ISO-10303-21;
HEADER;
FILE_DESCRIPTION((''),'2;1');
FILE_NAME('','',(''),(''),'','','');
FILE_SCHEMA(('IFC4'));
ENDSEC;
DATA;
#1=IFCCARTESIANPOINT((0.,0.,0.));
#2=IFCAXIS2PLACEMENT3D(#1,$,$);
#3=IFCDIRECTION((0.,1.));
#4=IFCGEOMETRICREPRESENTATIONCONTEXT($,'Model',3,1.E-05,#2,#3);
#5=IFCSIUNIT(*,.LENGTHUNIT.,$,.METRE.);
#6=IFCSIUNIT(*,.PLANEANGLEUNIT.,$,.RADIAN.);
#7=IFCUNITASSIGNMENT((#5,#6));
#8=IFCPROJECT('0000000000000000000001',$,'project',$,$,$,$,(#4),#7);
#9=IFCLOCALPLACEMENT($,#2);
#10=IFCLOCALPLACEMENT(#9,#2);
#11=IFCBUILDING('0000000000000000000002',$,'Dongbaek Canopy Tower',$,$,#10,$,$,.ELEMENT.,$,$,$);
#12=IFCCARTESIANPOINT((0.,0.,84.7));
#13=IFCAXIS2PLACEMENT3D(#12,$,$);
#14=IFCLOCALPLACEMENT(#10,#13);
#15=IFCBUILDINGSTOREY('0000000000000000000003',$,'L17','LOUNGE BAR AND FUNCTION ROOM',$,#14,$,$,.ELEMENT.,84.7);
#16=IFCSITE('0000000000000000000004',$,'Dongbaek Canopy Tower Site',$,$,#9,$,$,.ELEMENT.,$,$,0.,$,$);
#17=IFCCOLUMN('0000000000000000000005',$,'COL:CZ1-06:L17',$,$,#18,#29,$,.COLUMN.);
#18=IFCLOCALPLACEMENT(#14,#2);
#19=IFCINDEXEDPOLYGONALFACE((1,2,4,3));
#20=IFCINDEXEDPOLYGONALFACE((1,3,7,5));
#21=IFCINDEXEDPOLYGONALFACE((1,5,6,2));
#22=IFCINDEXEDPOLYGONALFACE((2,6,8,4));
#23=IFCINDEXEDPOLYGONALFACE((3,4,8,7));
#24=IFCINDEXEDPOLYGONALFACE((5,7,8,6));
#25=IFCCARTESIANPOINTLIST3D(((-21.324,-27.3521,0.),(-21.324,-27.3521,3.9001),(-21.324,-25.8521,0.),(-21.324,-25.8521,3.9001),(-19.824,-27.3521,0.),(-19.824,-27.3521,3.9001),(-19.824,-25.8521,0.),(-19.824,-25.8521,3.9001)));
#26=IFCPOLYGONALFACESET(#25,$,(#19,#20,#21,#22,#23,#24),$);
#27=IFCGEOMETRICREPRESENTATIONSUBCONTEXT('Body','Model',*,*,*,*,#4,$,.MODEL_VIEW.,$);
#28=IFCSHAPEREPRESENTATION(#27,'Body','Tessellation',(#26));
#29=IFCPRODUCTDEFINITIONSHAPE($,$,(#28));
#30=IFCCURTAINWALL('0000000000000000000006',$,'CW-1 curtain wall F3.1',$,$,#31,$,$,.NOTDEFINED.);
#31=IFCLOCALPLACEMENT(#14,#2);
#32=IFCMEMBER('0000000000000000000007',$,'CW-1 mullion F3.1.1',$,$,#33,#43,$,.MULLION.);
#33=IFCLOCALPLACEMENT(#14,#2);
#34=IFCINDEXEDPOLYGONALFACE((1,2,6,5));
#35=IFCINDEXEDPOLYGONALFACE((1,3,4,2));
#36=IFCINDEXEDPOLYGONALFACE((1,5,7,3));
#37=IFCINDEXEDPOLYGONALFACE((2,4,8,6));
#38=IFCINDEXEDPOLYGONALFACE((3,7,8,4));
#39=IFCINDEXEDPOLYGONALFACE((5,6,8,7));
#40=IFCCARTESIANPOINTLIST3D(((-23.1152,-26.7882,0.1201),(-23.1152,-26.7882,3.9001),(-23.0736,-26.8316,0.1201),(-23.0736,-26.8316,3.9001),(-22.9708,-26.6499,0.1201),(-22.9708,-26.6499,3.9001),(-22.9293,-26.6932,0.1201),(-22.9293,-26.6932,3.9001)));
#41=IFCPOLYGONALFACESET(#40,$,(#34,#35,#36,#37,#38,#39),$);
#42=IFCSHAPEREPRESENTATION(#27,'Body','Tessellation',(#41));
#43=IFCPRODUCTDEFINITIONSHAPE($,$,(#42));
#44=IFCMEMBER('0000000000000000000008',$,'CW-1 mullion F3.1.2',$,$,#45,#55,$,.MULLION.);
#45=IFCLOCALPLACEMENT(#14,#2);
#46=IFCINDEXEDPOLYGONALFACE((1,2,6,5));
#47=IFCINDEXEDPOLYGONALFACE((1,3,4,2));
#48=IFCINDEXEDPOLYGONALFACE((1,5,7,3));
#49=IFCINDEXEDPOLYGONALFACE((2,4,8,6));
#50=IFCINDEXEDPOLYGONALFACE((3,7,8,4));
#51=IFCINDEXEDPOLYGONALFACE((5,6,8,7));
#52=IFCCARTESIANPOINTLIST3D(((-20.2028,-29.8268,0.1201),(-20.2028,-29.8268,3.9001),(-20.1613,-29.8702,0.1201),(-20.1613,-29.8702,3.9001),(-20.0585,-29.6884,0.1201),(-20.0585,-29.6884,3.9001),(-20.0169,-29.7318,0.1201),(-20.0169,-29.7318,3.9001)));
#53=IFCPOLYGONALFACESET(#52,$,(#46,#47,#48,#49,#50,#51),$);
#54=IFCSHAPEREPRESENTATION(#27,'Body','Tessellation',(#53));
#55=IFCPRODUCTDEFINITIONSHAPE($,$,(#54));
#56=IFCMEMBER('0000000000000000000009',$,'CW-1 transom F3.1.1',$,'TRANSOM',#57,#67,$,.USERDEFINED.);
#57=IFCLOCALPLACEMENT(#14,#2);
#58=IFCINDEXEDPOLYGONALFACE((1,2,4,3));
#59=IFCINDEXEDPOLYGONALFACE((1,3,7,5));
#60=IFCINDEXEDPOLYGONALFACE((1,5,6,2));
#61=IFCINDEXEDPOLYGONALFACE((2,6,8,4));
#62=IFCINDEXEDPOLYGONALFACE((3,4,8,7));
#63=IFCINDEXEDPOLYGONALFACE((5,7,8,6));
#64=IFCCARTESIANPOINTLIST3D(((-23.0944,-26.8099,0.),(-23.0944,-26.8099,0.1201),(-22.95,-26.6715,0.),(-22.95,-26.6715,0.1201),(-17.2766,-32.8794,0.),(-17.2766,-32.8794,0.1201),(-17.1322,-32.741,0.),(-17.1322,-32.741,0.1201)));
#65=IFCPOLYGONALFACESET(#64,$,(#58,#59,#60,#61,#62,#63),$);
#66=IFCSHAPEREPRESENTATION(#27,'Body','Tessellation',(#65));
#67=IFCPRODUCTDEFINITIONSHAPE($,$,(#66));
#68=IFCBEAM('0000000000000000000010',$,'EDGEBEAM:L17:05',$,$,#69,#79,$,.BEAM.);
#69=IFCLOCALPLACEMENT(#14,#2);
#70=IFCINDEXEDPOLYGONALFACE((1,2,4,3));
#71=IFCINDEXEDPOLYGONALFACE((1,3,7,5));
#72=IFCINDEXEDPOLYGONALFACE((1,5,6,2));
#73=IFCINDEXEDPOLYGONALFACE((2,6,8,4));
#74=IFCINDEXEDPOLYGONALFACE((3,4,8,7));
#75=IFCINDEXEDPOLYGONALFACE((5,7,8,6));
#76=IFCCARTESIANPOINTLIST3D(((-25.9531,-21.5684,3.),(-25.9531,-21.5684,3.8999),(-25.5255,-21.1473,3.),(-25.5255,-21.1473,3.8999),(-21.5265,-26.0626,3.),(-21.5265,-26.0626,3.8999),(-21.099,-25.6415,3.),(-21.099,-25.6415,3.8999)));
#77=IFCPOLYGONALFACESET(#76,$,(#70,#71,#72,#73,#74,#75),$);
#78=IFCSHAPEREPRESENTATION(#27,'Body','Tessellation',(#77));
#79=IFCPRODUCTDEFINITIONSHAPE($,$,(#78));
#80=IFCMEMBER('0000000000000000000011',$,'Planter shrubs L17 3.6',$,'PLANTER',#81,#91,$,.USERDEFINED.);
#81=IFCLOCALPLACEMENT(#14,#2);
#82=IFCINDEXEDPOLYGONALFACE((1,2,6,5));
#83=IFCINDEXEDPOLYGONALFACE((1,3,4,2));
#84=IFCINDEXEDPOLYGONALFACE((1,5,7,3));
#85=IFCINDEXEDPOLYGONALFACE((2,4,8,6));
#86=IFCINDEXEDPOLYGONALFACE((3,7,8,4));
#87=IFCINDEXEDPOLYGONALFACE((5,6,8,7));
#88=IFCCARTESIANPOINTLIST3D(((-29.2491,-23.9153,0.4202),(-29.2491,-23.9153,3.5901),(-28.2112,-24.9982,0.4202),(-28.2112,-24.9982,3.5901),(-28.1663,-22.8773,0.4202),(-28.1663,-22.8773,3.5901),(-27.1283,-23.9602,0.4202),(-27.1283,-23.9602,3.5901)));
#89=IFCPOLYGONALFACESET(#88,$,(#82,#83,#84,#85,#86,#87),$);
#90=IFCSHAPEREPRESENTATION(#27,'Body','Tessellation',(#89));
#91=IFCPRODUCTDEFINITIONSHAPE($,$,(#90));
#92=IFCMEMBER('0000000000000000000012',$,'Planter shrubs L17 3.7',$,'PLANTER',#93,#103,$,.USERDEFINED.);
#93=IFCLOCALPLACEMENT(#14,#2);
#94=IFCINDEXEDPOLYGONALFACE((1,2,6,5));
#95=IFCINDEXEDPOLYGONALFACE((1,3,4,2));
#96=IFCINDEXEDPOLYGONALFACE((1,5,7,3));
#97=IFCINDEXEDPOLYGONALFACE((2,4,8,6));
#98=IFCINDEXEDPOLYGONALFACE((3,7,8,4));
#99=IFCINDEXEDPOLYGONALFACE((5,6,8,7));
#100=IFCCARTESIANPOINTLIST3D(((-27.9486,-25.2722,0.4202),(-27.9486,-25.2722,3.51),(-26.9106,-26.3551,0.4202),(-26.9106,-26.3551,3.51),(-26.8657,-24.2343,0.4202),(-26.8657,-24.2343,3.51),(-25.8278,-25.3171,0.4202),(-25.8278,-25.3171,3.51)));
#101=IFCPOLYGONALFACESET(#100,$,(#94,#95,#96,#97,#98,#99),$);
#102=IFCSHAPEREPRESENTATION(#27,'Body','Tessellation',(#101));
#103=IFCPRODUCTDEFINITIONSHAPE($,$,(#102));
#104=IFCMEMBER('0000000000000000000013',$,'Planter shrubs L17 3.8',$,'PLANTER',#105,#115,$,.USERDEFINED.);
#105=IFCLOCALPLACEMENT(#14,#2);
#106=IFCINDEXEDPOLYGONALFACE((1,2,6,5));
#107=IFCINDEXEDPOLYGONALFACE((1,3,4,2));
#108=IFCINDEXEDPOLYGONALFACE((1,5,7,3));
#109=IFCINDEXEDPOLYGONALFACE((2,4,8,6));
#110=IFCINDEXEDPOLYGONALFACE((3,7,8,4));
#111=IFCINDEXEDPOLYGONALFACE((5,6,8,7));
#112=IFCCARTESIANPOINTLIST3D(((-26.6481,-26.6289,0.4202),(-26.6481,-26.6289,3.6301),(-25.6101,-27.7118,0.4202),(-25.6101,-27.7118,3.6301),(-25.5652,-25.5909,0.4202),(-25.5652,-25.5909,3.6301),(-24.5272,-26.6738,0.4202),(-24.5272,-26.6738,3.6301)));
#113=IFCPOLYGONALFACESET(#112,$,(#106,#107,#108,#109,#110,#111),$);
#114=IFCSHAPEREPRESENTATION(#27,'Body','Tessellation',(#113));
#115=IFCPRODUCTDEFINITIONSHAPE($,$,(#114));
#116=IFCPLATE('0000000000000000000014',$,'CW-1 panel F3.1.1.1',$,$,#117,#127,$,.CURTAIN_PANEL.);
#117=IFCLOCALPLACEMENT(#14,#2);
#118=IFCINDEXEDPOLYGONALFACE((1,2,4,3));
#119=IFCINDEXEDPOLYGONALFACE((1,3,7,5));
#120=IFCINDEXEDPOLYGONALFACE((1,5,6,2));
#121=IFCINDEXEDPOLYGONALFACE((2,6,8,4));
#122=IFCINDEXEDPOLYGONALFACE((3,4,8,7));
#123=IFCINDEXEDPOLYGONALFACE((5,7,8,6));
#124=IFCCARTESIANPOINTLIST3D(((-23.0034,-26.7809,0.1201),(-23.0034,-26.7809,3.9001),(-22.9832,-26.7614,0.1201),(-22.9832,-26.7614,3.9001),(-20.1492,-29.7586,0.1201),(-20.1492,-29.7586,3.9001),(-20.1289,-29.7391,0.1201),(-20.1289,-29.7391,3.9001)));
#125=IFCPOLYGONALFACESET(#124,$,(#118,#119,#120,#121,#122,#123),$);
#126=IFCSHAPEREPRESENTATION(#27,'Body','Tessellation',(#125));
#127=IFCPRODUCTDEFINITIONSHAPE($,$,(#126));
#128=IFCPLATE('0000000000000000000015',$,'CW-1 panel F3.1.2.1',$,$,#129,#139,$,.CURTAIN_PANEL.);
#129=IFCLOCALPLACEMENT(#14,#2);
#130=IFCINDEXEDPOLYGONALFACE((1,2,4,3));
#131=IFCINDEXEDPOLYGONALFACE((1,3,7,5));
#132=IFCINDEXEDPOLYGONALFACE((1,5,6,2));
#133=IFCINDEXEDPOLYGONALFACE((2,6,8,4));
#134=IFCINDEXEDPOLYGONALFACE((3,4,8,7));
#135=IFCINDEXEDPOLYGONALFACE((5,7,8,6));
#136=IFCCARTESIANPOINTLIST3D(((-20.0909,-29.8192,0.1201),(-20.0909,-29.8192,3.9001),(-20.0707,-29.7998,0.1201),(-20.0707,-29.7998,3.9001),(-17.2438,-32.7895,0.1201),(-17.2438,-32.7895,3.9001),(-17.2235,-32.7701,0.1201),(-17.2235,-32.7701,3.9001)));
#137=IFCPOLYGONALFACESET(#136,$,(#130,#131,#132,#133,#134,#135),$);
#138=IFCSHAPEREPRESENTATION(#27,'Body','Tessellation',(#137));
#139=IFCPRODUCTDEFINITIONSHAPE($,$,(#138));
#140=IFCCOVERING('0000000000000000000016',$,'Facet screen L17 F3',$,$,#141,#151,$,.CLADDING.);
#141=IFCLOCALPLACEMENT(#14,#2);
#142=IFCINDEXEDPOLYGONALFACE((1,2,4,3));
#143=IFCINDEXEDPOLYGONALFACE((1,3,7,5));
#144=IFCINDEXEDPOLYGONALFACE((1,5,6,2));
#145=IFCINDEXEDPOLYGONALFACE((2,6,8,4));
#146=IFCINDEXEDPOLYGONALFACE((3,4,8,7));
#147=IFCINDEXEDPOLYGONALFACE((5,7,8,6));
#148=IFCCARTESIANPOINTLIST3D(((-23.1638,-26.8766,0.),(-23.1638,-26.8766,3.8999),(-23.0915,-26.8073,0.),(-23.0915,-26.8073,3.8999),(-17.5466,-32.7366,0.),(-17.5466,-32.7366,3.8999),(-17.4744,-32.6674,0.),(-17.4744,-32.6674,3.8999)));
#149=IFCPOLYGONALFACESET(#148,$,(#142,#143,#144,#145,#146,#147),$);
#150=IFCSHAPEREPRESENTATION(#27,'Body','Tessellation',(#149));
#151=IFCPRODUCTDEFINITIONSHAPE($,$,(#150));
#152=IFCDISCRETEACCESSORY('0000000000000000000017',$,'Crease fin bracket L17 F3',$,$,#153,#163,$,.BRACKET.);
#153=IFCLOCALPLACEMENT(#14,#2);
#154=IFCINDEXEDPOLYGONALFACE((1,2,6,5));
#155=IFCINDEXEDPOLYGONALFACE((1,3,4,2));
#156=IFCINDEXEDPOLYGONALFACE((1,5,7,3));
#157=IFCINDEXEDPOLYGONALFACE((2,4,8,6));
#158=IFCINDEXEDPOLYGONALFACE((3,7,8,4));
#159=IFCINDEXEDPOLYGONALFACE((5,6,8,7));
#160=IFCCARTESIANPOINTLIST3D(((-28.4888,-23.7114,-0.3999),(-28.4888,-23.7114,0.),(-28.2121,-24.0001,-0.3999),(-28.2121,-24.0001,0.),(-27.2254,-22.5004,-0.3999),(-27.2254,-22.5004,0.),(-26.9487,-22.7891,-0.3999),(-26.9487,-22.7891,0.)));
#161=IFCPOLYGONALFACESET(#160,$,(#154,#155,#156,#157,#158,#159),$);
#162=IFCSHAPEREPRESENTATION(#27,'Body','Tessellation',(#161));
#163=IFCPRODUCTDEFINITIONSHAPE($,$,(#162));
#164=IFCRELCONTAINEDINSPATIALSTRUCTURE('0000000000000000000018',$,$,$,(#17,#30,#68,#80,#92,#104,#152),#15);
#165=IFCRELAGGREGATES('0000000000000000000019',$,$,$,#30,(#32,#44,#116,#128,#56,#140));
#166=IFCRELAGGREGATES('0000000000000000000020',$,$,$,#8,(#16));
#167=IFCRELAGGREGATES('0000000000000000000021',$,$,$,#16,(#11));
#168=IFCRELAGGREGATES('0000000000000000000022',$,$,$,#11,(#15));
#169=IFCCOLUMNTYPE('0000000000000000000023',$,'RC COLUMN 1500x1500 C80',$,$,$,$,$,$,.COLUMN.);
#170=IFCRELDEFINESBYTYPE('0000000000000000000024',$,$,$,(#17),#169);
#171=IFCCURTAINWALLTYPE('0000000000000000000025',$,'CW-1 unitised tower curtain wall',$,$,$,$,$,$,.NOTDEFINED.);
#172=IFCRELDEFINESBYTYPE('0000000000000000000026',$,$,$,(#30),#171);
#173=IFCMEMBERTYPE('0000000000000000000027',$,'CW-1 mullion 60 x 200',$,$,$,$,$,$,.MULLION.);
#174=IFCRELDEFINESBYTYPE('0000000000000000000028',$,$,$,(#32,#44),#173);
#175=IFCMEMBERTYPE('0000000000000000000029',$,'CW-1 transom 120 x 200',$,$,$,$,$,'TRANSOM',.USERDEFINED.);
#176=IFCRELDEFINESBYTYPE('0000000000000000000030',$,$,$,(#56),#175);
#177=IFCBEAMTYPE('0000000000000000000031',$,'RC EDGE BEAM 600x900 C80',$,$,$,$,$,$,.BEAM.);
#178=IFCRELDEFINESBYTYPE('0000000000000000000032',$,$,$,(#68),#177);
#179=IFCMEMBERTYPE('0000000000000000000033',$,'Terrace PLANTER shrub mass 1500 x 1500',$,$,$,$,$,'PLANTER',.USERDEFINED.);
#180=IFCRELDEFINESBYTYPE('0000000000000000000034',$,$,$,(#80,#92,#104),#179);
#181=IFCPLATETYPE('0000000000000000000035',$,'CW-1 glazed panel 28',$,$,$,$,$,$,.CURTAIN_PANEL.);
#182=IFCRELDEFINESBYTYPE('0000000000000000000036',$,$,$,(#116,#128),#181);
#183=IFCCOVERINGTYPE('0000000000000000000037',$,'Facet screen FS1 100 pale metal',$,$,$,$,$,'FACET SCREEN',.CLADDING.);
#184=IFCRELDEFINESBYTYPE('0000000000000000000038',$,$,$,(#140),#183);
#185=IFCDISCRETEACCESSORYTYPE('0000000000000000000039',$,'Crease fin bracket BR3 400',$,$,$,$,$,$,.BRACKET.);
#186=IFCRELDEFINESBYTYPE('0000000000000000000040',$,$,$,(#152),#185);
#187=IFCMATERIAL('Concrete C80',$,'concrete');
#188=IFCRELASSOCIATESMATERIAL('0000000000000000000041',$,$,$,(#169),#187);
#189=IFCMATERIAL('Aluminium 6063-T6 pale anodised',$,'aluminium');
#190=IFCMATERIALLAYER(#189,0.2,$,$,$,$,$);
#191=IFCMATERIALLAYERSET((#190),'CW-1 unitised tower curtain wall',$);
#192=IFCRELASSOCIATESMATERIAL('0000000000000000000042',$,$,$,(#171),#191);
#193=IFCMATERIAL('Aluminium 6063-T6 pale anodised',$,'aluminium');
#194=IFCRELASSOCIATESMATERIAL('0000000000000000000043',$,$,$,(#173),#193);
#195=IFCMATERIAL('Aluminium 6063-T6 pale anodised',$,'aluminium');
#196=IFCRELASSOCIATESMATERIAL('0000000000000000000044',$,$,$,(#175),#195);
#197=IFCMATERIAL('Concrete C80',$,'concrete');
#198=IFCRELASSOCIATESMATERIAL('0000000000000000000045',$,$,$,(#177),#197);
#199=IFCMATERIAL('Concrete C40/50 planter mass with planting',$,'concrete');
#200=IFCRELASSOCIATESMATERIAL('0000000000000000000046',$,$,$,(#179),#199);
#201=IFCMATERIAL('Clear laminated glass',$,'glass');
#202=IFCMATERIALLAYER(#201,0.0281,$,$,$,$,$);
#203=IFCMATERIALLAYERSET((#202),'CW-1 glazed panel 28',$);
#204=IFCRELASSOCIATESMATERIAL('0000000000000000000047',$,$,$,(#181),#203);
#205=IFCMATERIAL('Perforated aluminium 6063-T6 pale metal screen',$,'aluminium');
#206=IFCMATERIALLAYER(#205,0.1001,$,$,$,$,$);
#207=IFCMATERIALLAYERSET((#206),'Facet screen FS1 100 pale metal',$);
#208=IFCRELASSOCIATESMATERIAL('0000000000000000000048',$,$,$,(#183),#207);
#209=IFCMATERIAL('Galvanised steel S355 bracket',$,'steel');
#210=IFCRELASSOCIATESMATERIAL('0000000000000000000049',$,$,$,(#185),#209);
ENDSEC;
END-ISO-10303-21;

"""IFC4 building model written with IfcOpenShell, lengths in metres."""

from ifc_helpers import new_model, si_unit, direction, frame, origin, origin_2d, place, context, subcontext, project, spatial, rectangle, extrude, material, layer, layer_set, material_profile, profile_set, type_object, element, aggregate, save


model = new_model("IFC4")

# Units and contexts
model_context = context("Model", 3, precision=1e-05, world=origin(), true_north=direction((0.0, 1.0)))
body_context = subcontext(model_context, "Body", "Model", "MODEL_VIEW")
ifc_project = project(units=[si_unit("LENGTHUNIT", "METRE"), si_unit("PLANEANGLEUNIT", "RADIAN")], contexts=[model_context])

# Site, building, storey
site_placement = place(None, origin())
site = spatial("IfcSite", under=ifc_project, at=site_placement, Name="Dongbaek Canopy Tower Site", CompositionType="ELEMENT", RefElevation=0.0)
building_placement = place(site_placement, origin())
building = spatial("IfcBuilding", under=site, at=building_placement, Name="Dongbaek Canopy Tower", CompositionType="ELEMENT")
storey_placement = place(building_placement, frame((0.0, 0.0, 84.7)))
storey = spatial("IfcBuildingStorey", under=building, at=storey_placement, Name="L17", Description="LOUNGE BAR AND FUNCTION ROOM", CompositionType="ELEMENT", Elevation=84.7)

# Column
ifc_material_1 = material(Name="Concrete C80", Category="concrete")
ifc_material_profile_1 = material_profile(ifc_material_1, rectangle(XDim=1.5, YDim=1.5, at=origin_2d()), Name="RC COLUMN 1500x1500 C80")
ifc_profile_set_1 = profile_set([ifc_material_profile_1], Name="Concrete C80")
column_type = type_object("IfcColumnType", Name="RC COLUMN 1500x1500 C80", PredefinedType="COLUMN", material=ifc_profile_set_1)
column_placement = place(storey_placement, frame((-20.574, -26.6021, 0.0), z_axis=(0.0, 0.0, 1.0), x_axis=(1.0, 0.0, 0.0)))
element("IfcColumn", 1, at=column_placement, inside=storey, type_object=column_type, Name="COL:CZ1-06:L17", PredefinedType="COLUMN", context=body_context, shape_type="SweptSolid", body=[
    extrude(rectangle(XDim=1.5, YDim=1.5, at=origin_2d()), origin(), (0.0, 0.0, 1.0), 3.9001),
])

# Curtain wall, members
ifc_material_2 = material(Name="Aluminium 6063-T6 pale anodised", Category="aluminium")
ifc_layer_1 = layer(ifc_material_2, 0.2)
ifc_layer_set_1 = layer_set([ifc_layer_1], Name="CW-1 unitised tower curtain wall")
curtain_wall_type = type_object("IfcCurtainWallType", Name="CW-1 unitised tower curtain wall", PredefinedType="NOTDEFINED", material=ifc_layer_set_1)
curtain_wall_placement = place(storey_placement, origin())
curtain_wall = element("IfcCurtainWall", 2, at=curtain_wall_placement, inside=storey, type_object=curtain_wall_type, Name="CW-1 curtain wall F3.1", PredefinedType="NOTDEFINED")
ifc_material_3 = material(Name="Aluminium 6063-T6 pale anodised", Category="aluminium")
ifc_material_profile_2 = material_profile(ifc_material_3, rectangle(XDim=0.2, YDim=0.0601, at=origin_2d()), Name="CW-1 mullion 60 x 200")
ifc_profile_set_2 = profile_set([ifc_material_profile_2], Name="Aluminium 6063-T6 pale anodised")
member_type_1 = type_object("IfcMemberType", Name="CW-1 mullion 60 x 200", PredefinedType="MULLION", material=ifc_profile_set_2)
member_1_placement = place(storey_placement, frame((-23.0222, -26.7407, 0.1201), z_axis=(0.0, 0.0, 1.0), x_axis=(-0.721911, -0.691986, 0.0)))
member_1 = element("IfcMember", 3, at=member_1_placement, type_object=member_type_1, Name="CW-1 mullion F3.1.1", PredefinedType="MULLION", context=body_context, shape_type="SweptSolid", body=[
    extrude(rectangle(XDim=0.2, YDim=0.0601, at=origin_2d()), origin(), (0.0, 0.0, 1.0), 3.78),
])
member_2_placement = place(storey_placement, frame((-20.1099, -29.7793, 0.1201), z_axis=(0.0, 0.0, 1.0), x_axis=(-0.721911, -0.691986, 0.0)))
member_2 = element("IfcMember", 4, at=member_2_placement, type_object=member_type_1, Name="CW-1 mullion F3.1.2", PredefinedType="MULLION", context=body_context, shape_type="SweptSolid", body=[
    extrude(rectangle(XDim=0.2, YDim=0.0601, at=origin_2d()), origin(), (0.0, 0.0, 1.0), 3.78),
])
ifc_material_4 = material(Name="Aluminium 6063-T6 pale anodised", Category="aluminium")
ifc_material_profile_3 = material_profile(ifc_material_4, rectangle(XDim=0.2, YDim=0.1201, at=origin_2d()), Name="CW-1 transom 120 x 200")
ifc_profile_set_3 = profile_set([ifc_material_profile_3], Name="Aluminium 6063-T6 pale anodised")
member_type_2 = type_object("IfcMemberType", Name="CW-1 transom 120 x 200", ElementType="TRANSOM", PredefinedType="USERDEFINED", material=ifc_profile_set_3)
member_3_placement = place(storey_placement, frame((-23.0222, -26.7407, 0.0601), z_axis=(0.691979, -0.721917, 0.0), x_axis=(0.721917, 0.691979, 0.0)))
member_3 = element("IfcMember", 5, at=member_3_placement, type_object=member_type_2, Name="CW-1 transom F3.1.1", ObjectType="TRANSOM", PredefinedType="USERDEFINED", context=body_context, shape_type="SweptSolid", body=[
    extrude(rectangle(XDim=0.2, YDim=0.1201, at=origin_2d()), origin(), (0.0, 0.0, 1.0), 8.4075),
])

# Beam
ifc_material_5 = material(Name="Concrete C80", Category="concrete")
ifc_material_profile_4 = material_profile(ifc_material_5, rectangle(XDim=0.6001, YDim=0.8999, at=origin_2d()), Name="RC EDGE BEAM 600x900 C80")
ifc_profile_set_4 = profile_set([ifc_material_profile_4], Name="Concrete C80")
beam_type = type_object("IfcBeamType", Name="RC EDGE BEAM 600x900 C80", PredefinedType="BEAM", material=ifc_profile_set_4)
beam_placement = place(storey_placement, frame((-21.3127, -25.8521, 3.45), z_axis=(-0.701726, 0.712447, 0.0), x_axis=(-0.712447, -0.701726, 0.0)))
element("IfcBeam", 6, at=beam_placement, inside=storey, type_object=beam_type, Name="EDGEBEAM:L17:05", PredefinedType="BEAM", context=body_context, shape_type="SweptSolid", body=[
    extrude(rectangle(XDim=0.6001, YDim=0.8999, at=origin_2d()), origin(), (0.0, 0.0, 1.0), 6.3081),
])

# Members
ifc_material_6 = material(Name="Concrete C40/50 planter mass with planting", Category="concrete")
ifc_material_profile_5 = material_profile(ifc_material_6, rectangle(XDim=1.5, YDim=1.5, at=origin_2d()), Name="Terrace PLANTER shrub mass 1500 x 1500")
ifc_profile_set_5 = profile_set([ifc_material_profile_5], Name="Concrete C40/50 planter mass with planting")
member_type_3 = type_object("IfcMemberType", Name="Terrace PLANTER shrub mass 1500 x 1500", ElementType="PLANTER", PredefinedType="USERDEFINED", material=ifc_profile_set_5)
member_4_placement = place(storey_placement, frame((-28.1887, -23.9377, 0.4202), z_axis=(0.0, 0.0, 1.0), x_axis=(-0.721911, -0.691986, 0.0)))
element("IfcMember", 7, at=member_4_placement, inside=storey, type_object=member_type_3, Name="Planter shrubs L17 3.6", ObjectType="PLANTER", PredefinedType="USERDEFINED", context=body_context, shape_type="SweptSolid", body=[
    extrude(rectangle(XDim=1.5, YDim=1.5, at=origin_2d()), origin(), (0.0, 0.0, 1.0), 3.1699),
])
member_5_placement = place(storey_placement, frame((-26.8882, -25.2947, 0.4202), z_axis=(0.0, 0.0, 1.0), x_axis=(-0.721911, -0.691986, 0.0)))
element("IfcMember", 8, at=member_5_placement, inside=storey, type_object=member_type_3, Name="Planter shrubs L17 3.7", ObjectType="PLANTER", PredefinedType="USERDEFINED", context=body_context, shape_type="SweptSolid", body=[
    extrude(rectangle(XDim=1.5, YDim=1.5, at=origin_2d()), origin(), (0.0, 0.0, 1.0), 3.0898),
])
member_6_placement = place(storey_placement, frame((-25.5876, -26.6514, 0.4202), z_axis=(0.0, 0.0, 1.0), x_axis=(-0.721911, -0.691986, 0.0)))
element("IfcMember", 9, at=member_6_placement, inside=storey, type_object=member_type_3, Name="Planter shrubs L17 3.8", ObjectType="PLANTER", PredefinedType="USERDEFINED", context=body_context, shape_type="SweptSolid", body=[
    extrude(rectangle(XDim=1.5, YDim=1.5, at=origin_2d()), origin(), (0.0, 0.0, 1.0), 3.21),
])

# Plates
ifc_material_7 = material(Name="Clear laminated glass", Category="glass")
ifc_layer_2 = layer(ifc_material_7, 0.0281)
ifc_layer_set_2 = layer_set([ifc_layer_2], Name="CW-1 glazed panel 28")
plate_type = type_object("IfcPlateType", Name="CW-1 glazed panel 28", PredefinedType="CURTAIN_PANEL", material=ifc_layer_set_2)
plate_1_placement = place(storey_placement, frame((-21.5662, -28.26, 0.1201), z_axis=(0.0, 0.0, 1.0), x_axis=(0.691986, -0.721911, 0.0)))
plate_1 = element("IfcPlate", 10, at=plate_1_placement, type_object=plate_type, Name="CW-1 panel F3.1.1.1", PredefinedType="CURTAIN_PANEL", context=body_context, shape_type="SweptSolid", body=[
    extrude(rectangle(XDim=4.1248, YDim=0.0281, at=origin_2d()), origin(), (0.0, 0.0, 1.0), 3.78),
])
plate_2_placement = place(storey_placement, frame((-18.6572, -31.2947, 0.1201), z_axis=(0.0, 0.0, 1.0), x_axis=(0.691986, -0.721911, 0.0)))
plate_2 = element("IfcPlate", 11, at=plate_2_placement, type_object=plate_type, Name="CW-1 panel F3.1.2.1", PredefinedType="CURTAIN_PANEL", context=body_context, shape_type="SweptSolid", body=[
    extrude(rectangle(XDim=4.1145, YDim=0.0281, at=origin_2d()), origin(), (0.0, 0.0, 1.0), 3.78),
])

# Covering
ifc_material_8 = material(Name="Perforated aluminium 6063-T6 pale metal screen", Category="aluminium")
ifc_layer_3 = layer(ifc_material_8, 0.1001)
ifc_layer_set_3 = layer_set([ifc_layer_3], Name="Facet screen FS1 100 pale metal")
covering_type = type_object("IfcCoveringType", Name="Facet screen FS1 100 pale metal", ElementType="FACET SCREEN", PredefinedType="CLADDING", material=ifc_layer_set_3)
covering_placement = place(storey_placement, frame((-20.3191, -29.772, 0.0), z_axis=(0.0, 0.0, 1.0), x_axis=(0.691986, -0.721911, 0.0)))
covering = element("IfcCovering", 12, at=covering_placement, type_object=covering_type, Name="Facet screen L17 F3", PredefinedType="CLADDING", context=body_context, shape_type="SweptSolid", body=[
    extrude(rectangle(XDim=8.1174, YDim=0.1001, at=origin_2d()), origin(), (0.0, 0.0, 1.0), 3.8999),
])
aggregate(curtain_wall, [member_1, member_2, plate_1, plate_2, member_3, covering])

# Discrete accessory
ifc_material_9 = material(Name="Galvanised steel S355 bracket", Category="steel")
discrete_accessory_type = type_object("IfcDiscreteAccessoryType", Name="Crease fin bracket BR3 400", PredefinedType="BRACKET", material=ifc_material_9)
discrete_accessory_placement = place(storey_placement, frame((-27.7188, -23.2502, -0.3999), z_axis=(0.0, 0.0, 1.0), x_axis=(-0.721911, -0.691986, 0.0)))
element("IfcDiscreteAccessory", 13, at=discrete_accessory_placement, inside=storey, type_object=discrete_accessory_type, Name="Crease fin bracket L17 F3", PredefinedType="BRACKET", context=body_context, shape_type="SweptSolid", body=[
    extrude(rectangle(XDim=1.75, YDim=0.3999, at=origin_2d()), origin(), (0.0, 0.0, 1.0), 0.3999),
])

save(model, "model.ifc")
